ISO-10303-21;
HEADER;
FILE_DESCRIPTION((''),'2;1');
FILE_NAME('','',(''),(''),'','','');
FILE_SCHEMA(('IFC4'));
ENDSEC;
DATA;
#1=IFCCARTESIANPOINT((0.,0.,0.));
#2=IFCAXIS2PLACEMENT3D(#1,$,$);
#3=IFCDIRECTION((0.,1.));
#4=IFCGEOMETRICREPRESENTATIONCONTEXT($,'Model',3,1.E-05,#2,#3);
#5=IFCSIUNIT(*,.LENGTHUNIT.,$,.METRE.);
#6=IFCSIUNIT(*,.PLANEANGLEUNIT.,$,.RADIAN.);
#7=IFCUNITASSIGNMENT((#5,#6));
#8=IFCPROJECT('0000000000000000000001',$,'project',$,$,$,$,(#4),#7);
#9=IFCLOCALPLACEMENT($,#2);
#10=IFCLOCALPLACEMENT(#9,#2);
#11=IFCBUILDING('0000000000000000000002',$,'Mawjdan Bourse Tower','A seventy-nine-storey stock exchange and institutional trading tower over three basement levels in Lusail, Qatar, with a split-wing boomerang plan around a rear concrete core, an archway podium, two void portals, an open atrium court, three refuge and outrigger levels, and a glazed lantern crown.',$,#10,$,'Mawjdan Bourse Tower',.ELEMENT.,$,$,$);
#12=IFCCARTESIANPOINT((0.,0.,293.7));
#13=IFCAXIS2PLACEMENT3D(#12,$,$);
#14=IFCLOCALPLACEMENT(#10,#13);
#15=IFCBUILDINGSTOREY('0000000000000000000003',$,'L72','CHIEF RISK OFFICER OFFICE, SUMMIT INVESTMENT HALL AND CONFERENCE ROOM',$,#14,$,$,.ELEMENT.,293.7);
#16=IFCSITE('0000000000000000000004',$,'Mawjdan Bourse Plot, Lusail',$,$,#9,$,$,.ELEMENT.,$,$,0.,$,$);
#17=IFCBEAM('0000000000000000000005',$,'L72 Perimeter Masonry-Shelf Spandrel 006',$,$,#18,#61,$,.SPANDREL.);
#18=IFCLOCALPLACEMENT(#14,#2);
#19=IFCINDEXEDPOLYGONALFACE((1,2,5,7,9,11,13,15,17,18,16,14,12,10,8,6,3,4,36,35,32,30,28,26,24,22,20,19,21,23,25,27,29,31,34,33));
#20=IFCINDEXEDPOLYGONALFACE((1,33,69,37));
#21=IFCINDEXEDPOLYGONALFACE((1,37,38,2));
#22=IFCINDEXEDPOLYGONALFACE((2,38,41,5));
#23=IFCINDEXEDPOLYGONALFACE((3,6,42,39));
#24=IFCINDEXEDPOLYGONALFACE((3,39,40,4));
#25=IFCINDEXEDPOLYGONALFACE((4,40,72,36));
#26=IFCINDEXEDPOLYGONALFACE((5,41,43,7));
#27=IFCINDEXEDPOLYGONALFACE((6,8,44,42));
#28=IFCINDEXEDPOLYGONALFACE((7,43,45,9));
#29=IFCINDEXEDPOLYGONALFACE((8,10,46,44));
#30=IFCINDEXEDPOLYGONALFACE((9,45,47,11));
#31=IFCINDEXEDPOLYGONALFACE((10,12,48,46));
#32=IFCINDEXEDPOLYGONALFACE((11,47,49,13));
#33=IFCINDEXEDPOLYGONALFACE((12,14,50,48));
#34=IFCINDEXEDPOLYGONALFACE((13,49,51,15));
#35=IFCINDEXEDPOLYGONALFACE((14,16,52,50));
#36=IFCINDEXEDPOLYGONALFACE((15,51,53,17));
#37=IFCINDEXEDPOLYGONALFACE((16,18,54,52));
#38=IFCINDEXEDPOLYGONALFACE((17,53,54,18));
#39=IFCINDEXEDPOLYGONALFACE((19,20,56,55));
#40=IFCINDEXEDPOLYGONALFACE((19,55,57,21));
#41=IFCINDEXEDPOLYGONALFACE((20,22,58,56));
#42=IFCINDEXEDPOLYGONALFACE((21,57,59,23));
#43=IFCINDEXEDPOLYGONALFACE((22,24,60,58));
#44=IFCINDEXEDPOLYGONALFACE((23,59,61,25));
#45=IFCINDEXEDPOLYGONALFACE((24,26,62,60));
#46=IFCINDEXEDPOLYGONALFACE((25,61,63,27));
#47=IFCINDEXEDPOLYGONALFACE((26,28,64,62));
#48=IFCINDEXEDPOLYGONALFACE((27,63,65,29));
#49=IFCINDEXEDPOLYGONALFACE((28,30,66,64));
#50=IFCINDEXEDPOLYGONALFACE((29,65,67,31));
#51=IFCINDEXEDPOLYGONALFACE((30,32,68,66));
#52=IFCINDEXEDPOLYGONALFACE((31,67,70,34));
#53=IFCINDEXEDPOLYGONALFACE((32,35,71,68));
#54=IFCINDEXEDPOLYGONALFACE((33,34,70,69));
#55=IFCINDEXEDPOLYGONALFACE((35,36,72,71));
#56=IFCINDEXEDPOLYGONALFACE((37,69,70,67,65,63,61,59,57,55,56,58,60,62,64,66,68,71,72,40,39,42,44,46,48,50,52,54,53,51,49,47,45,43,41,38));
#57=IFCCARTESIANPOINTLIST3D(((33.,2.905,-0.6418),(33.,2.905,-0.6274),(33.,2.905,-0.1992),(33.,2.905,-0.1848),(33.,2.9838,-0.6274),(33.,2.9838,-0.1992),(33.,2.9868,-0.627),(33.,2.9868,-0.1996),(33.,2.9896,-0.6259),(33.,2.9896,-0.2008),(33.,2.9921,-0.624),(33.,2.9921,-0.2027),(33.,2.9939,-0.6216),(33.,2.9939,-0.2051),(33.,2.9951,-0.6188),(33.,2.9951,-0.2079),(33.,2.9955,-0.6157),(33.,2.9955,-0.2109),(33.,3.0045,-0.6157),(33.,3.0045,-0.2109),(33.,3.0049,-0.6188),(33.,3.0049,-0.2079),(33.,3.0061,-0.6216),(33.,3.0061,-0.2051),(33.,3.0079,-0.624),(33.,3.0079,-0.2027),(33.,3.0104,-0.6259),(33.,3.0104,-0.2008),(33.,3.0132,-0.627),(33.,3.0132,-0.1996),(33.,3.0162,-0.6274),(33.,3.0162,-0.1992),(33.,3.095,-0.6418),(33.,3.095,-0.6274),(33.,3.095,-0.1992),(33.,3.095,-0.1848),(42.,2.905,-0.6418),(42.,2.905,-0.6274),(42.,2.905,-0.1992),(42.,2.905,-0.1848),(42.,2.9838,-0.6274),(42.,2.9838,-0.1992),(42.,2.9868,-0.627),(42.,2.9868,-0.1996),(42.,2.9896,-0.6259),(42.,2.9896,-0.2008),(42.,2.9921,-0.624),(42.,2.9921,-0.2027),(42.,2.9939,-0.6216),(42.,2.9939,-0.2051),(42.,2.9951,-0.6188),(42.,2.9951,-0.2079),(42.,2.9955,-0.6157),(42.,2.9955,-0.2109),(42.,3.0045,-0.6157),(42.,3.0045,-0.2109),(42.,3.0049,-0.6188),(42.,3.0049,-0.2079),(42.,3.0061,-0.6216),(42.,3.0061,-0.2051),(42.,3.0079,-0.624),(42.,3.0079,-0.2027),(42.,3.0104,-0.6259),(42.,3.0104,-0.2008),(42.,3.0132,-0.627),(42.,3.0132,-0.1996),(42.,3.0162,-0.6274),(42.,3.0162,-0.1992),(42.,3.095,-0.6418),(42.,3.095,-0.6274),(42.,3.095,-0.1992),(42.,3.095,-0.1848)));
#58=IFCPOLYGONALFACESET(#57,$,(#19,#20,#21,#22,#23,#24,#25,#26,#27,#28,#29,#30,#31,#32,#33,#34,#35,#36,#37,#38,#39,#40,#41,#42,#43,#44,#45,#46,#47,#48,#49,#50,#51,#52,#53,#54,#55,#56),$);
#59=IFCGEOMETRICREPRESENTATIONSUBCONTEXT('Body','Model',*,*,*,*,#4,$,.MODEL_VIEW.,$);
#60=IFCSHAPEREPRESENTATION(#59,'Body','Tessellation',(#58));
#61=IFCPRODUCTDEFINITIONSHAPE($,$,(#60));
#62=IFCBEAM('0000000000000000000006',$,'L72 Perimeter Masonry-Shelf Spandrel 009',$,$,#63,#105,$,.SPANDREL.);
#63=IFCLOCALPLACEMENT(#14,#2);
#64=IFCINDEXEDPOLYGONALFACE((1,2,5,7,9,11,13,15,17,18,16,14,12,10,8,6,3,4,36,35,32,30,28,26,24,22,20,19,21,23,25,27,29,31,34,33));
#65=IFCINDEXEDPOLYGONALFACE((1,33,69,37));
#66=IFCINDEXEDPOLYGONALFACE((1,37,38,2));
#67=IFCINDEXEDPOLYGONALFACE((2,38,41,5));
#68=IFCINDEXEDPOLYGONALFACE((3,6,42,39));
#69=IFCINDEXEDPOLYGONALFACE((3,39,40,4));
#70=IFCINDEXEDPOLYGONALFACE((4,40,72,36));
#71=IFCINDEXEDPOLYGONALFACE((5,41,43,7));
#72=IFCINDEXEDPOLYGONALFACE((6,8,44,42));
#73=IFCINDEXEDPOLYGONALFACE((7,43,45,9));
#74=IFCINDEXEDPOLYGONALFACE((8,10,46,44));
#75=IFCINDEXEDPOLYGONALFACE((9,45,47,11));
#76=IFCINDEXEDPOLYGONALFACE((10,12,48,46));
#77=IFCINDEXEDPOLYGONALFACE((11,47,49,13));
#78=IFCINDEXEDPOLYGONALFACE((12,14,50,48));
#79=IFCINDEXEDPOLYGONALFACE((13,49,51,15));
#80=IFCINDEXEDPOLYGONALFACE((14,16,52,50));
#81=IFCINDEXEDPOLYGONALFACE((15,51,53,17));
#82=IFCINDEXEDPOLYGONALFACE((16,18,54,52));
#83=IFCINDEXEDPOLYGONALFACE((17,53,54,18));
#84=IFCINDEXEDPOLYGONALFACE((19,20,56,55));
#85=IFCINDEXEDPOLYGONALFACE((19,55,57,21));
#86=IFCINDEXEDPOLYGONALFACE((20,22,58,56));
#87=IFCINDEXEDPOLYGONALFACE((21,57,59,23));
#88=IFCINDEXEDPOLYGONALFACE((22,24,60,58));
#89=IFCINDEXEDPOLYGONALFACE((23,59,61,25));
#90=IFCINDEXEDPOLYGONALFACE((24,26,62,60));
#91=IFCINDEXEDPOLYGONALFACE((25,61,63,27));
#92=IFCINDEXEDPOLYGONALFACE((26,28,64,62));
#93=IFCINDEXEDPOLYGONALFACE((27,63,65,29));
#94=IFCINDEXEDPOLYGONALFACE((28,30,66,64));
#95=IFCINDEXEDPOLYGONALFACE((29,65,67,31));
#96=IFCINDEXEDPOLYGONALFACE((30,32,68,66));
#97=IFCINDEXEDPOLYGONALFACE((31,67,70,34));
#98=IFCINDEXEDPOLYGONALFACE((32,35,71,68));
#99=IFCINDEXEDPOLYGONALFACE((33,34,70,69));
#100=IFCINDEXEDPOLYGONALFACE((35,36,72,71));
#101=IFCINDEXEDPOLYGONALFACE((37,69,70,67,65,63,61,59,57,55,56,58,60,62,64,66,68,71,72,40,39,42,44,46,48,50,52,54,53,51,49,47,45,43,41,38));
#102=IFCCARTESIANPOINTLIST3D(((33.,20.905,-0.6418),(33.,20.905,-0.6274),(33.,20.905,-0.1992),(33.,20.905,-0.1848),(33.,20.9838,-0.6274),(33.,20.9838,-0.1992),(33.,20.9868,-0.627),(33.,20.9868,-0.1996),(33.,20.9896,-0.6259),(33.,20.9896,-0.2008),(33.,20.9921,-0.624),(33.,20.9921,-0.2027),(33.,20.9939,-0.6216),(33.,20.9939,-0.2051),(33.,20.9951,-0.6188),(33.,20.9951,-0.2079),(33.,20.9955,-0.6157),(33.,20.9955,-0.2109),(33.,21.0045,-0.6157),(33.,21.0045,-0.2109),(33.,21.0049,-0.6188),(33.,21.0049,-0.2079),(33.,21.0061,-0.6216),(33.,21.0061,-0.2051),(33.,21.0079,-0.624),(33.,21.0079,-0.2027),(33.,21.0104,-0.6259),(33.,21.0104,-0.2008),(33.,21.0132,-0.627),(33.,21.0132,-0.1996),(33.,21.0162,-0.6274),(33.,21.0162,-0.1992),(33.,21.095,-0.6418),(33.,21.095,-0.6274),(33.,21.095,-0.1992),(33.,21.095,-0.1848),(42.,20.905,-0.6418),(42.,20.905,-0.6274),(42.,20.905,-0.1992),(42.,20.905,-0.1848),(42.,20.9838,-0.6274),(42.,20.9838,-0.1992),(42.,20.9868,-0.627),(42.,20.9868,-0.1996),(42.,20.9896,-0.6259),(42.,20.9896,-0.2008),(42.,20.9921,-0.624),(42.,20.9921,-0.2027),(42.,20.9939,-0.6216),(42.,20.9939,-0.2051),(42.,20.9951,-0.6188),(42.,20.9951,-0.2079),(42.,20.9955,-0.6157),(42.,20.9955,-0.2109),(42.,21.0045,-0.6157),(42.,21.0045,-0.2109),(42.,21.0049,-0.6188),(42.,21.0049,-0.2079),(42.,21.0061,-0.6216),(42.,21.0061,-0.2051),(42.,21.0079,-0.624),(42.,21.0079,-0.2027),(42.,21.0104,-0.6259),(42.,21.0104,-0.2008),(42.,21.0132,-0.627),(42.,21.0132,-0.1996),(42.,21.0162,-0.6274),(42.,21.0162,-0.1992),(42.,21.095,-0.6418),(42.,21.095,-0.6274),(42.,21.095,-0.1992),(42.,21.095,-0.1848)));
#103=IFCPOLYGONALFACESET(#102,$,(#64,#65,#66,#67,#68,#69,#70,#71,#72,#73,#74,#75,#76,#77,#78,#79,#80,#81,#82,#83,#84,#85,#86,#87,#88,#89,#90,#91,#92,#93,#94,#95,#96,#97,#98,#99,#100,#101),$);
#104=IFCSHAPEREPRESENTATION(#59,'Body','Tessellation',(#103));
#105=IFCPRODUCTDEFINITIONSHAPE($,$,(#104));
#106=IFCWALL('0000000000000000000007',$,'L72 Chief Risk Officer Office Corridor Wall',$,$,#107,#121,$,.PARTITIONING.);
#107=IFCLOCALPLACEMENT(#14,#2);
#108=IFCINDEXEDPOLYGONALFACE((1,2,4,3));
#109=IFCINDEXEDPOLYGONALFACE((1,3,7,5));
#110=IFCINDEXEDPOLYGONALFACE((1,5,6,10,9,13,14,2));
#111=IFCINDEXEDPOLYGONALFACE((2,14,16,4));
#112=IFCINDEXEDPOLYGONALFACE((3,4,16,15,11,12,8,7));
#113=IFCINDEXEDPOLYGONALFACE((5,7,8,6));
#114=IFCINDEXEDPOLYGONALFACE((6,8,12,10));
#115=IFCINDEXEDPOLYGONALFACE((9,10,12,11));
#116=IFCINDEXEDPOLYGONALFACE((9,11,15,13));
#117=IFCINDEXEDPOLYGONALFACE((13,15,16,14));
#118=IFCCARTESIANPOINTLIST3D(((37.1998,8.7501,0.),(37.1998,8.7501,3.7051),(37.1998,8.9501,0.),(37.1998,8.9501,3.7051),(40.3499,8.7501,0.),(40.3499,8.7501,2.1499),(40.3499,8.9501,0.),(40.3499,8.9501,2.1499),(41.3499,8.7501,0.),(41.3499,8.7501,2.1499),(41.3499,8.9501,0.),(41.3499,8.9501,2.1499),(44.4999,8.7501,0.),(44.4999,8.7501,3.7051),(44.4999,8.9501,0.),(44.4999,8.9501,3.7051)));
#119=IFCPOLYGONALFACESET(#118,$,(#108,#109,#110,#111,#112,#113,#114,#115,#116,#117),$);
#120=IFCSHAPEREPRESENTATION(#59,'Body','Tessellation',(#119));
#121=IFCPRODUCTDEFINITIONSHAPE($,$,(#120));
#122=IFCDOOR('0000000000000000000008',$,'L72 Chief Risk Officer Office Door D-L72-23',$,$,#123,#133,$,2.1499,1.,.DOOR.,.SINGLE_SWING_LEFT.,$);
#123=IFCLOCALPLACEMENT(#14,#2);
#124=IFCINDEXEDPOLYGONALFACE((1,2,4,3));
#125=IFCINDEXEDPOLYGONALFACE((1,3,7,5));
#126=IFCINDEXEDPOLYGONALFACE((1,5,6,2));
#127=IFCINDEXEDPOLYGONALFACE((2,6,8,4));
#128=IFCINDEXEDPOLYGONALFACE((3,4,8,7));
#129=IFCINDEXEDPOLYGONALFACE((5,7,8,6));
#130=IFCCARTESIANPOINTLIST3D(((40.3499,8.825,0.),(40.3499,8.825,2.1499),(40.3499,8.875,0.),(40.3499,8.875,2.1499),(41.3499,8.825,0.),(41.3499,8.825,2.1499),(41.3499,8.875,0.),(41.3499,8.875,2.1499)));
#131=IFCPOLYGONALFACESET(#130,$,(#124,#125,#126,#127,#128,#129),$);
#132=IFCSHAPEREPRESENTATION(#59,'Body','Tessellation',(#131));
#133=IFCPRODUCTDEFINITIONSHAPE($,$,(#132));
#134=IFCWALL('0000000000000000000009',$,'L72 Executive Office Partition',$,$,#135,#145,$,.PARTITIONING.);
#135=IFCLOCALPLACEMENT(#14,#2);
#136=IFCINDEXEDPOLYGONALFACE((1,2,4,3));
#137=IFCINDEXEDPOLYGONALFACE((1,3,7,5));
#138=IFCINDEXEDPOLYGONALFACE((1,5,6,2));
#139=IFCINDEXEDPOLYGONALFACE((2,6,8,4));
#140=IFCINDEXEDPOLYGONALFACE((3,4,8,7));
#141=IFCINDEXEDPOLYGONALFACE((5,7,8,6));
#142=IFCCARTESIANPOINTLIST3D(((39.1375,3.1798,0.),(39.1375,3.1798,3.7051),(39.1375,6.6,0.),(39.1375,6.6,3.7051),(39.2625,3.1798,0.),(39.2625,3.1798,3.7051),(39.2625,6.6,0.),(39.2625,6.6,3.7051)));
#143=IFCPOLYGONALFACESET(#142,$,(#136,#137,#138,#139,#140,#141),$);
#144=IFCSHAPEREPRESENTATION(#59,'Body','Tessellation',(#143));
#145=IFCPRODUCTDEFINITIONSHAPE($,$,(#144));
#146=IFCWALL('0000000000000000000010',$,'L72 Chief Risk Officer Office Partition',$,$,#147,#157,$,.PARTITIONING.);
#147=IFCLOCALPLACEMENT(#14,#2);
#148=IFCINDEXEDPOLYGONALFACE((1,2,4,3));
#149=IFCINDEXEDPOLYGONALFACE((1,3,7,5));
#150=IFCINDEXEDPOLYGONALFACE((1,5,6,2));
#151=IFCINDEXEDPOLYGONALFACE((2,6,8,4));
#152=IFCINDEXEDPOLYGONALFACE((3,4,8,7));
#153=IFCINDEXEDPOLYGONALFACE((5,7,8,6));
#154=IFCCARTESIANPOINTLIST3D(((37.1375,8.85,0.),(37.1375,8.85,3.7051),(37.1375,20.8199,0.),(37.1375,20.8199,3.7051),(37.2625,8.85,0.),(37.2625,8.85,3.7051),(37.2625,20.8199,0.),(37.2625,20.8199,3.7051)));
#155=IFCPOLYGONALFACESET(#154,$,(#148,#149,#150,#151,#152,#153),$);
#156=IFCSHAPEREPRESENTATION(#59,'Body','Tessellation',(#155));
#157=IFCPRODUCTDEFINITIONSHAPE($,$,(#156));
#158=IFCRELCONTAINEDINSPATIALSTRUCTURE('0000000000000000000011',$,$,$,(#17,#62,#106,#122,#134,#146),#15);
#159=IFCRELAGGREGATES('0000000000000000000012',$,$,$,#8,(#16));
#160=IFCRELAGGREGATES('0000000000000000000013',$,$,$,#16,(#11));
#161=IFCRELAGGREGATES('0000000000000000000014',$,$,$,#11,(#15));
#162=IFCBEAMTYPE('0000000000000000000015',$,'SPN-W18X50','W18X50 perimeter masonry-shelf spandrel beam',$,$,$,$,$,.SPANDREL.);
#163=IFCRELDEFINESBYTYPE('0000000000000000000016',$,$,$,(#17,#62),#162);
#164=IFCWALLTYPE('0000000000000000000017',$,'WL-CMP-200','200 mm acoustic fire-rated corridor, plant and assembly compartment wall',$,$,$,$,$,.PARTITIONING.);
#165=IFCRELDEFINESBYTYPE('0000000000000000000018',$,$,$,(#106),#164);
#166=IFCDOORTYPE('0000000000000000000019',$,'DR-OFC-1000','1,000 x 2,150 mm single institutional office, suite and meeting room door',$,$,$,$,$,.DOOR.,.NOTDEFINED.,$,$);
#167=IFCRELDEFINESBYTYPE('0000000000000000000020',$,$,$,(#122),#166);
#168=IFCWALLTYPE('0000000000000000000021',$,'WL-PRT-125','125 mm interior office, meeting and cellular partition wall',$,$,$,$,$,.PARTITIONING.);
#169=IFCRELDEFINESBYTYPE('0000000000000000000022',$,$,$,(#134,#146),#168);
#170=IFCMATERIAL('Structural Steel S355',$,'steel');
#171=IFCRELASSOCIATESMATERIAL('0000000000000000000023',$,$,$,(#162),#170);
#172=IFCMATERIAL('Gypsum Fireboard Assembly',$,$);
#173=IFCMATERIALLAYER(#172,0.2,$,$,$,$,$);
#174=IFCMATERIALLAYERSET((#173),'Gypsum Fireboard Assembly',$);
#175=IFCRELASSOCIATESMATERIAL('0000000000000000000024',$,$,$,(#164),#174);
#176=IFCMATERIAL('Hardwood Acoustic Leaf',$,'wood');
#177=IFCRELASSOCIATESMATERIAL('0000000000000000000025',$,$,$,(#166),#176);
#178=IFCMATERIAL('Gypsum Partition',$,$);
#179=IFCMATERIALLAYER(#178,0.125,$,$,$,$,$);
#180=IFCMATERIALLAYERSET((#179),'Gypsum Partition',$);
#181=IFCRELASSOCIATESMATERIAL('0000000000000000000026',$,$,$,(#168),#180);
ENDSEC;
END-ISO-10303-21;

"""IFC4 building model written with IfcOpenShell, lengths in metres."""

from ifc_helpers import new_model, si_unit, direction, frame, frame_2d, origin, origin_2d, place, context, subcontext, project, spatial, rectangle, i_section, extrude, material, layer, layer_set, material_profile, profile_set, type_object, element, fill, save


model = new_model("IFC4")

# Units and contexts
model_context = context("Model", 3, precision=1e-05, world=origin(), true_north=direction((0.0, 1.0)))
body_context = subcontext(model_context, "Body", "Model", "MODEL_VIEW")
ifc_project = project(units=[si_unit("LENGTHUNIT", "METRE"), si_unit("PLANEANGLEUNIT", "RADIAN")], contexts=[model_context])

# Site, building, storey
site_placement = place(None, origin())
site = spatial("IfcSite", under=ifc_project, at=site_placement, Name="Mawjdan Bourse Plot, Lusail", CompositionType="ELEMENT", RefElevation=0.0)
building_placement = place(site_placement, origin())
building = spatial("IfcBuilding", under=site, at=building_placement, Name="Mawjdan Bourse Tower", Description="A seventy-nine-storey stock exchange and institutional trading tower over three basement levels in Lusail, Qatar, with a split-wing boomerang plan around a rear concrete core, an archway podium, two void portals, an open atrium court, three refuge and outrigger levels, and a glazed lantern crown.", LongName="Mawjdan Bourse Tower", CompositionType="ELEMENT")
storey_placement = place(building_placement, frame((0.0, 0.0, 293.7)))
storey = spatial("IfcBuildingStorey", under=building, at=storey_placement, Name="L72", Description="CHIEF RISK OFFICER OFFICE, SUMMIT INVESTMENT HALL AND CONFERENCE ROOM", CompositionType="ELEMENT", Elevation=293.7)

# Beams
ifc_material_1 = material(Name="Structural Steel S355", Category="steel")
ifc_material_profile_1 = material_profile(ifc_material_1, i_section(OverallWidth=0.1899, OverallDepth=0.457, WebThickness=0.009, FlangeThickness=0.0144, FilletRadius=0.0117, at=origin_2d()), Name="W18X50")
ifc_profile_set_1 = profile_set([ifc_material_profile_1], Name="Structural Steel S355")
beam_type_1 = type_object("IfcBeamType", Name="SPN-W18X50", Description="W18X50 perimeter masonry-shelf spandrel beam", PredefinedType="SPANDREL", material=ifc_profile_set_1)
for number, where, z_axis, x_axis, name in (
    (1, (33.0, 3.0, -0.4133), (1.0, 0.0, 0.0), (0.0, 1.0, 0.0), "L72 Perimeter Masonry-Shelf Spandrel 006"),
    (2, (33.0, 21.0, -0.4133), (1.0, 0.0, 0.0), (0.0, 1.0, 0.0), "L72 Perimeter Masonry-Shelf Spandrel 009"),
):
    element("IfcBeam", number, at=place(storey_placement, frame(where, z_axis=z_axis, x_axis=x_axis)), inside=storey, type_object=beam_type_1, Name=name, PredefinedType="SPANDREL", context=body_context, shape_type="SweptSolid", body=[
        extrude(i_section(OverallWidth=0.1899, OverallDepth=0.457, WebThickness=0.009, FlangeThickness=0.0144, FilletRadius=0.0117, at=origin_2d()), origin(), (0.0, 0.0, 1.0), 9.0),
    ])

# Wall, opening, door
ifc_material_2 = material(Name="Gypsum Fireboard Assembly")
ifc_layer_1 = layer(ifc_material_2, 0.2)
ifc_layer_set_1 = layer_set([ifc_layer_1], Name="Gypsum Fireboard Assembly")
wall_type_1 = type_object("IfcWallType", Name="WL-CMP-200", Description="200 mm acoustic fire-rated corridor, plant and assembly compartment wall", PredefinedType="PARTITIONING", material=ifc_layer_set_1)
ifc_material_3 = material(Name="Hardwood Acoustic Leaf", Category="wood")
door_type = type_object("IfcDoorType", Name="DR-OFC-1000", Description="1,000 x 2,150 mm single institutional office, suite and meeting room door", OperationType="NOTDEFINED", PredefinedType="DOOR", material=ifc_material_3)
wall_1_placement = place(storey_placement, frame((37.2, 8.8501, 0.0), z_axis=(0.0, 0.0, 1.0), x_axis=(1.0, 0.0, 0.0)))
wall_1 = element("IfcWall", 3, at=wall_1_placement, inside=storey, type_object=wall_type_1, Name="L72 Chief Risk Officer Office Corridor Wall", PredefinedType="PARTITIONING", context=body_context, shape_type="SweptSolid", body=[
    extrude(rectangle(XDim=7.3, YDim=0.2, at=frame_2d((3.6499, 0.0))), origin(), (0.0, 0.0, 1.0), 3.7051),
])
opening_1_placement = place(wall_1_placement, frame((3.1499, 0.0, 0.0)))
opening_1 = element("IfcOpeningElement", 4, at=opening_1_placement, cuts=wall_1, PredefinedType="OPENING", context=body_context, shape_type="SweptSolid", body=[
    extrude(rectangle(XDim=1.0, YDim=2.1499, at=frame_2d((0.5, 1.075))), frame((0.0, 0.1099, 0.0), z_axis=(0.0, -1.0, 0.0), x_axis=(1.0, 0.0, 0.0)), (0.0, 0.0, 1.0), 0.22),
])
door_1_placement = place(opening_1_placement, origin())
door_1 = element("IfcDoor", 5, at=door_1_placement, inside=storey, type_object=door_type, Name="L72 Chief Risk Officer Office Door D-L72-23", OperationType="SINGLE_SWING_LEFT", OverallHeight=2.1499, OverallWidth=1.0, PredefinedType="DOOR", context=body_context, shape_type="SweptSolid", body=[
    extrude(rectangle(XDim=1.0, YDim=2.1499, at=frame_2d((0.5, 1.075))), frame((0.0, 0.0249, 0.0), z_axis=(0.0, -1.0, 0.0), x_axis=(1.0, 0.0, 0.0)), (0.0, 0.0, 1.0), 0.05),
])
fill(opening_1, door_1)

# Walls
ifc_material_4 = material(Name="Gypsum Partition")
ifc_layer_2 = layer(ifc_material_4, 0.125)
ifc_layer_set_2 = layer_set([ifc_layer_2], Name="Gypsum Partition")
wall_type_2 = type_object("IfcWallType", Name="WL-PRT-125", Description="125 mm interior office, meeting and cellular partition wall", PredefinedType="PARTITIONING", material=ifc_layer_set_2)
wall_2_placement = place(storey_placement, frame((39.2, 3.1799, 0.0), z_axis=(0.0, 0.0, 1.0), x_axis=(0.0, 1.0, 0.0)))
element("IfcWall", 6, at=wall_2_placement, inside=storey, type_object=wall_type_2, Name="L72 Executive Office Partition", PredefinedType="PARTITIONING", context=body_context, shape_type="SweptSolid", body=[
    extrude(rectangle(XDim=3.4202, YDim=0.125, at=frame_2d((1.71, 0.0))), origin(), (0.0, 0.0, 1.0), 3.7051),
])
wall_3_placement = place(storey_placement, frame((37.2, 8.8501, 0.0), z_axis=(0.0, 0.0, 1.0), x_axis=(0.0, 1.0, 0.0)))
element("IfcWall", 7, at=wall_3_placement, inside=storey, type_object=wall_type_2, Name="L72 Chief Risk Officer Office Partition", PredefinedType="PARTITIONING", context=body_context, shape_type="SweptSolid", body=[
    extrude(rectangle(XDim=11.97, YDim=0.125, at=frame_2d((5.9849, 0.0))), origin(), (0.0, 0.0, 1.0), 3.7051),
])

save(model, "model.ifc")
